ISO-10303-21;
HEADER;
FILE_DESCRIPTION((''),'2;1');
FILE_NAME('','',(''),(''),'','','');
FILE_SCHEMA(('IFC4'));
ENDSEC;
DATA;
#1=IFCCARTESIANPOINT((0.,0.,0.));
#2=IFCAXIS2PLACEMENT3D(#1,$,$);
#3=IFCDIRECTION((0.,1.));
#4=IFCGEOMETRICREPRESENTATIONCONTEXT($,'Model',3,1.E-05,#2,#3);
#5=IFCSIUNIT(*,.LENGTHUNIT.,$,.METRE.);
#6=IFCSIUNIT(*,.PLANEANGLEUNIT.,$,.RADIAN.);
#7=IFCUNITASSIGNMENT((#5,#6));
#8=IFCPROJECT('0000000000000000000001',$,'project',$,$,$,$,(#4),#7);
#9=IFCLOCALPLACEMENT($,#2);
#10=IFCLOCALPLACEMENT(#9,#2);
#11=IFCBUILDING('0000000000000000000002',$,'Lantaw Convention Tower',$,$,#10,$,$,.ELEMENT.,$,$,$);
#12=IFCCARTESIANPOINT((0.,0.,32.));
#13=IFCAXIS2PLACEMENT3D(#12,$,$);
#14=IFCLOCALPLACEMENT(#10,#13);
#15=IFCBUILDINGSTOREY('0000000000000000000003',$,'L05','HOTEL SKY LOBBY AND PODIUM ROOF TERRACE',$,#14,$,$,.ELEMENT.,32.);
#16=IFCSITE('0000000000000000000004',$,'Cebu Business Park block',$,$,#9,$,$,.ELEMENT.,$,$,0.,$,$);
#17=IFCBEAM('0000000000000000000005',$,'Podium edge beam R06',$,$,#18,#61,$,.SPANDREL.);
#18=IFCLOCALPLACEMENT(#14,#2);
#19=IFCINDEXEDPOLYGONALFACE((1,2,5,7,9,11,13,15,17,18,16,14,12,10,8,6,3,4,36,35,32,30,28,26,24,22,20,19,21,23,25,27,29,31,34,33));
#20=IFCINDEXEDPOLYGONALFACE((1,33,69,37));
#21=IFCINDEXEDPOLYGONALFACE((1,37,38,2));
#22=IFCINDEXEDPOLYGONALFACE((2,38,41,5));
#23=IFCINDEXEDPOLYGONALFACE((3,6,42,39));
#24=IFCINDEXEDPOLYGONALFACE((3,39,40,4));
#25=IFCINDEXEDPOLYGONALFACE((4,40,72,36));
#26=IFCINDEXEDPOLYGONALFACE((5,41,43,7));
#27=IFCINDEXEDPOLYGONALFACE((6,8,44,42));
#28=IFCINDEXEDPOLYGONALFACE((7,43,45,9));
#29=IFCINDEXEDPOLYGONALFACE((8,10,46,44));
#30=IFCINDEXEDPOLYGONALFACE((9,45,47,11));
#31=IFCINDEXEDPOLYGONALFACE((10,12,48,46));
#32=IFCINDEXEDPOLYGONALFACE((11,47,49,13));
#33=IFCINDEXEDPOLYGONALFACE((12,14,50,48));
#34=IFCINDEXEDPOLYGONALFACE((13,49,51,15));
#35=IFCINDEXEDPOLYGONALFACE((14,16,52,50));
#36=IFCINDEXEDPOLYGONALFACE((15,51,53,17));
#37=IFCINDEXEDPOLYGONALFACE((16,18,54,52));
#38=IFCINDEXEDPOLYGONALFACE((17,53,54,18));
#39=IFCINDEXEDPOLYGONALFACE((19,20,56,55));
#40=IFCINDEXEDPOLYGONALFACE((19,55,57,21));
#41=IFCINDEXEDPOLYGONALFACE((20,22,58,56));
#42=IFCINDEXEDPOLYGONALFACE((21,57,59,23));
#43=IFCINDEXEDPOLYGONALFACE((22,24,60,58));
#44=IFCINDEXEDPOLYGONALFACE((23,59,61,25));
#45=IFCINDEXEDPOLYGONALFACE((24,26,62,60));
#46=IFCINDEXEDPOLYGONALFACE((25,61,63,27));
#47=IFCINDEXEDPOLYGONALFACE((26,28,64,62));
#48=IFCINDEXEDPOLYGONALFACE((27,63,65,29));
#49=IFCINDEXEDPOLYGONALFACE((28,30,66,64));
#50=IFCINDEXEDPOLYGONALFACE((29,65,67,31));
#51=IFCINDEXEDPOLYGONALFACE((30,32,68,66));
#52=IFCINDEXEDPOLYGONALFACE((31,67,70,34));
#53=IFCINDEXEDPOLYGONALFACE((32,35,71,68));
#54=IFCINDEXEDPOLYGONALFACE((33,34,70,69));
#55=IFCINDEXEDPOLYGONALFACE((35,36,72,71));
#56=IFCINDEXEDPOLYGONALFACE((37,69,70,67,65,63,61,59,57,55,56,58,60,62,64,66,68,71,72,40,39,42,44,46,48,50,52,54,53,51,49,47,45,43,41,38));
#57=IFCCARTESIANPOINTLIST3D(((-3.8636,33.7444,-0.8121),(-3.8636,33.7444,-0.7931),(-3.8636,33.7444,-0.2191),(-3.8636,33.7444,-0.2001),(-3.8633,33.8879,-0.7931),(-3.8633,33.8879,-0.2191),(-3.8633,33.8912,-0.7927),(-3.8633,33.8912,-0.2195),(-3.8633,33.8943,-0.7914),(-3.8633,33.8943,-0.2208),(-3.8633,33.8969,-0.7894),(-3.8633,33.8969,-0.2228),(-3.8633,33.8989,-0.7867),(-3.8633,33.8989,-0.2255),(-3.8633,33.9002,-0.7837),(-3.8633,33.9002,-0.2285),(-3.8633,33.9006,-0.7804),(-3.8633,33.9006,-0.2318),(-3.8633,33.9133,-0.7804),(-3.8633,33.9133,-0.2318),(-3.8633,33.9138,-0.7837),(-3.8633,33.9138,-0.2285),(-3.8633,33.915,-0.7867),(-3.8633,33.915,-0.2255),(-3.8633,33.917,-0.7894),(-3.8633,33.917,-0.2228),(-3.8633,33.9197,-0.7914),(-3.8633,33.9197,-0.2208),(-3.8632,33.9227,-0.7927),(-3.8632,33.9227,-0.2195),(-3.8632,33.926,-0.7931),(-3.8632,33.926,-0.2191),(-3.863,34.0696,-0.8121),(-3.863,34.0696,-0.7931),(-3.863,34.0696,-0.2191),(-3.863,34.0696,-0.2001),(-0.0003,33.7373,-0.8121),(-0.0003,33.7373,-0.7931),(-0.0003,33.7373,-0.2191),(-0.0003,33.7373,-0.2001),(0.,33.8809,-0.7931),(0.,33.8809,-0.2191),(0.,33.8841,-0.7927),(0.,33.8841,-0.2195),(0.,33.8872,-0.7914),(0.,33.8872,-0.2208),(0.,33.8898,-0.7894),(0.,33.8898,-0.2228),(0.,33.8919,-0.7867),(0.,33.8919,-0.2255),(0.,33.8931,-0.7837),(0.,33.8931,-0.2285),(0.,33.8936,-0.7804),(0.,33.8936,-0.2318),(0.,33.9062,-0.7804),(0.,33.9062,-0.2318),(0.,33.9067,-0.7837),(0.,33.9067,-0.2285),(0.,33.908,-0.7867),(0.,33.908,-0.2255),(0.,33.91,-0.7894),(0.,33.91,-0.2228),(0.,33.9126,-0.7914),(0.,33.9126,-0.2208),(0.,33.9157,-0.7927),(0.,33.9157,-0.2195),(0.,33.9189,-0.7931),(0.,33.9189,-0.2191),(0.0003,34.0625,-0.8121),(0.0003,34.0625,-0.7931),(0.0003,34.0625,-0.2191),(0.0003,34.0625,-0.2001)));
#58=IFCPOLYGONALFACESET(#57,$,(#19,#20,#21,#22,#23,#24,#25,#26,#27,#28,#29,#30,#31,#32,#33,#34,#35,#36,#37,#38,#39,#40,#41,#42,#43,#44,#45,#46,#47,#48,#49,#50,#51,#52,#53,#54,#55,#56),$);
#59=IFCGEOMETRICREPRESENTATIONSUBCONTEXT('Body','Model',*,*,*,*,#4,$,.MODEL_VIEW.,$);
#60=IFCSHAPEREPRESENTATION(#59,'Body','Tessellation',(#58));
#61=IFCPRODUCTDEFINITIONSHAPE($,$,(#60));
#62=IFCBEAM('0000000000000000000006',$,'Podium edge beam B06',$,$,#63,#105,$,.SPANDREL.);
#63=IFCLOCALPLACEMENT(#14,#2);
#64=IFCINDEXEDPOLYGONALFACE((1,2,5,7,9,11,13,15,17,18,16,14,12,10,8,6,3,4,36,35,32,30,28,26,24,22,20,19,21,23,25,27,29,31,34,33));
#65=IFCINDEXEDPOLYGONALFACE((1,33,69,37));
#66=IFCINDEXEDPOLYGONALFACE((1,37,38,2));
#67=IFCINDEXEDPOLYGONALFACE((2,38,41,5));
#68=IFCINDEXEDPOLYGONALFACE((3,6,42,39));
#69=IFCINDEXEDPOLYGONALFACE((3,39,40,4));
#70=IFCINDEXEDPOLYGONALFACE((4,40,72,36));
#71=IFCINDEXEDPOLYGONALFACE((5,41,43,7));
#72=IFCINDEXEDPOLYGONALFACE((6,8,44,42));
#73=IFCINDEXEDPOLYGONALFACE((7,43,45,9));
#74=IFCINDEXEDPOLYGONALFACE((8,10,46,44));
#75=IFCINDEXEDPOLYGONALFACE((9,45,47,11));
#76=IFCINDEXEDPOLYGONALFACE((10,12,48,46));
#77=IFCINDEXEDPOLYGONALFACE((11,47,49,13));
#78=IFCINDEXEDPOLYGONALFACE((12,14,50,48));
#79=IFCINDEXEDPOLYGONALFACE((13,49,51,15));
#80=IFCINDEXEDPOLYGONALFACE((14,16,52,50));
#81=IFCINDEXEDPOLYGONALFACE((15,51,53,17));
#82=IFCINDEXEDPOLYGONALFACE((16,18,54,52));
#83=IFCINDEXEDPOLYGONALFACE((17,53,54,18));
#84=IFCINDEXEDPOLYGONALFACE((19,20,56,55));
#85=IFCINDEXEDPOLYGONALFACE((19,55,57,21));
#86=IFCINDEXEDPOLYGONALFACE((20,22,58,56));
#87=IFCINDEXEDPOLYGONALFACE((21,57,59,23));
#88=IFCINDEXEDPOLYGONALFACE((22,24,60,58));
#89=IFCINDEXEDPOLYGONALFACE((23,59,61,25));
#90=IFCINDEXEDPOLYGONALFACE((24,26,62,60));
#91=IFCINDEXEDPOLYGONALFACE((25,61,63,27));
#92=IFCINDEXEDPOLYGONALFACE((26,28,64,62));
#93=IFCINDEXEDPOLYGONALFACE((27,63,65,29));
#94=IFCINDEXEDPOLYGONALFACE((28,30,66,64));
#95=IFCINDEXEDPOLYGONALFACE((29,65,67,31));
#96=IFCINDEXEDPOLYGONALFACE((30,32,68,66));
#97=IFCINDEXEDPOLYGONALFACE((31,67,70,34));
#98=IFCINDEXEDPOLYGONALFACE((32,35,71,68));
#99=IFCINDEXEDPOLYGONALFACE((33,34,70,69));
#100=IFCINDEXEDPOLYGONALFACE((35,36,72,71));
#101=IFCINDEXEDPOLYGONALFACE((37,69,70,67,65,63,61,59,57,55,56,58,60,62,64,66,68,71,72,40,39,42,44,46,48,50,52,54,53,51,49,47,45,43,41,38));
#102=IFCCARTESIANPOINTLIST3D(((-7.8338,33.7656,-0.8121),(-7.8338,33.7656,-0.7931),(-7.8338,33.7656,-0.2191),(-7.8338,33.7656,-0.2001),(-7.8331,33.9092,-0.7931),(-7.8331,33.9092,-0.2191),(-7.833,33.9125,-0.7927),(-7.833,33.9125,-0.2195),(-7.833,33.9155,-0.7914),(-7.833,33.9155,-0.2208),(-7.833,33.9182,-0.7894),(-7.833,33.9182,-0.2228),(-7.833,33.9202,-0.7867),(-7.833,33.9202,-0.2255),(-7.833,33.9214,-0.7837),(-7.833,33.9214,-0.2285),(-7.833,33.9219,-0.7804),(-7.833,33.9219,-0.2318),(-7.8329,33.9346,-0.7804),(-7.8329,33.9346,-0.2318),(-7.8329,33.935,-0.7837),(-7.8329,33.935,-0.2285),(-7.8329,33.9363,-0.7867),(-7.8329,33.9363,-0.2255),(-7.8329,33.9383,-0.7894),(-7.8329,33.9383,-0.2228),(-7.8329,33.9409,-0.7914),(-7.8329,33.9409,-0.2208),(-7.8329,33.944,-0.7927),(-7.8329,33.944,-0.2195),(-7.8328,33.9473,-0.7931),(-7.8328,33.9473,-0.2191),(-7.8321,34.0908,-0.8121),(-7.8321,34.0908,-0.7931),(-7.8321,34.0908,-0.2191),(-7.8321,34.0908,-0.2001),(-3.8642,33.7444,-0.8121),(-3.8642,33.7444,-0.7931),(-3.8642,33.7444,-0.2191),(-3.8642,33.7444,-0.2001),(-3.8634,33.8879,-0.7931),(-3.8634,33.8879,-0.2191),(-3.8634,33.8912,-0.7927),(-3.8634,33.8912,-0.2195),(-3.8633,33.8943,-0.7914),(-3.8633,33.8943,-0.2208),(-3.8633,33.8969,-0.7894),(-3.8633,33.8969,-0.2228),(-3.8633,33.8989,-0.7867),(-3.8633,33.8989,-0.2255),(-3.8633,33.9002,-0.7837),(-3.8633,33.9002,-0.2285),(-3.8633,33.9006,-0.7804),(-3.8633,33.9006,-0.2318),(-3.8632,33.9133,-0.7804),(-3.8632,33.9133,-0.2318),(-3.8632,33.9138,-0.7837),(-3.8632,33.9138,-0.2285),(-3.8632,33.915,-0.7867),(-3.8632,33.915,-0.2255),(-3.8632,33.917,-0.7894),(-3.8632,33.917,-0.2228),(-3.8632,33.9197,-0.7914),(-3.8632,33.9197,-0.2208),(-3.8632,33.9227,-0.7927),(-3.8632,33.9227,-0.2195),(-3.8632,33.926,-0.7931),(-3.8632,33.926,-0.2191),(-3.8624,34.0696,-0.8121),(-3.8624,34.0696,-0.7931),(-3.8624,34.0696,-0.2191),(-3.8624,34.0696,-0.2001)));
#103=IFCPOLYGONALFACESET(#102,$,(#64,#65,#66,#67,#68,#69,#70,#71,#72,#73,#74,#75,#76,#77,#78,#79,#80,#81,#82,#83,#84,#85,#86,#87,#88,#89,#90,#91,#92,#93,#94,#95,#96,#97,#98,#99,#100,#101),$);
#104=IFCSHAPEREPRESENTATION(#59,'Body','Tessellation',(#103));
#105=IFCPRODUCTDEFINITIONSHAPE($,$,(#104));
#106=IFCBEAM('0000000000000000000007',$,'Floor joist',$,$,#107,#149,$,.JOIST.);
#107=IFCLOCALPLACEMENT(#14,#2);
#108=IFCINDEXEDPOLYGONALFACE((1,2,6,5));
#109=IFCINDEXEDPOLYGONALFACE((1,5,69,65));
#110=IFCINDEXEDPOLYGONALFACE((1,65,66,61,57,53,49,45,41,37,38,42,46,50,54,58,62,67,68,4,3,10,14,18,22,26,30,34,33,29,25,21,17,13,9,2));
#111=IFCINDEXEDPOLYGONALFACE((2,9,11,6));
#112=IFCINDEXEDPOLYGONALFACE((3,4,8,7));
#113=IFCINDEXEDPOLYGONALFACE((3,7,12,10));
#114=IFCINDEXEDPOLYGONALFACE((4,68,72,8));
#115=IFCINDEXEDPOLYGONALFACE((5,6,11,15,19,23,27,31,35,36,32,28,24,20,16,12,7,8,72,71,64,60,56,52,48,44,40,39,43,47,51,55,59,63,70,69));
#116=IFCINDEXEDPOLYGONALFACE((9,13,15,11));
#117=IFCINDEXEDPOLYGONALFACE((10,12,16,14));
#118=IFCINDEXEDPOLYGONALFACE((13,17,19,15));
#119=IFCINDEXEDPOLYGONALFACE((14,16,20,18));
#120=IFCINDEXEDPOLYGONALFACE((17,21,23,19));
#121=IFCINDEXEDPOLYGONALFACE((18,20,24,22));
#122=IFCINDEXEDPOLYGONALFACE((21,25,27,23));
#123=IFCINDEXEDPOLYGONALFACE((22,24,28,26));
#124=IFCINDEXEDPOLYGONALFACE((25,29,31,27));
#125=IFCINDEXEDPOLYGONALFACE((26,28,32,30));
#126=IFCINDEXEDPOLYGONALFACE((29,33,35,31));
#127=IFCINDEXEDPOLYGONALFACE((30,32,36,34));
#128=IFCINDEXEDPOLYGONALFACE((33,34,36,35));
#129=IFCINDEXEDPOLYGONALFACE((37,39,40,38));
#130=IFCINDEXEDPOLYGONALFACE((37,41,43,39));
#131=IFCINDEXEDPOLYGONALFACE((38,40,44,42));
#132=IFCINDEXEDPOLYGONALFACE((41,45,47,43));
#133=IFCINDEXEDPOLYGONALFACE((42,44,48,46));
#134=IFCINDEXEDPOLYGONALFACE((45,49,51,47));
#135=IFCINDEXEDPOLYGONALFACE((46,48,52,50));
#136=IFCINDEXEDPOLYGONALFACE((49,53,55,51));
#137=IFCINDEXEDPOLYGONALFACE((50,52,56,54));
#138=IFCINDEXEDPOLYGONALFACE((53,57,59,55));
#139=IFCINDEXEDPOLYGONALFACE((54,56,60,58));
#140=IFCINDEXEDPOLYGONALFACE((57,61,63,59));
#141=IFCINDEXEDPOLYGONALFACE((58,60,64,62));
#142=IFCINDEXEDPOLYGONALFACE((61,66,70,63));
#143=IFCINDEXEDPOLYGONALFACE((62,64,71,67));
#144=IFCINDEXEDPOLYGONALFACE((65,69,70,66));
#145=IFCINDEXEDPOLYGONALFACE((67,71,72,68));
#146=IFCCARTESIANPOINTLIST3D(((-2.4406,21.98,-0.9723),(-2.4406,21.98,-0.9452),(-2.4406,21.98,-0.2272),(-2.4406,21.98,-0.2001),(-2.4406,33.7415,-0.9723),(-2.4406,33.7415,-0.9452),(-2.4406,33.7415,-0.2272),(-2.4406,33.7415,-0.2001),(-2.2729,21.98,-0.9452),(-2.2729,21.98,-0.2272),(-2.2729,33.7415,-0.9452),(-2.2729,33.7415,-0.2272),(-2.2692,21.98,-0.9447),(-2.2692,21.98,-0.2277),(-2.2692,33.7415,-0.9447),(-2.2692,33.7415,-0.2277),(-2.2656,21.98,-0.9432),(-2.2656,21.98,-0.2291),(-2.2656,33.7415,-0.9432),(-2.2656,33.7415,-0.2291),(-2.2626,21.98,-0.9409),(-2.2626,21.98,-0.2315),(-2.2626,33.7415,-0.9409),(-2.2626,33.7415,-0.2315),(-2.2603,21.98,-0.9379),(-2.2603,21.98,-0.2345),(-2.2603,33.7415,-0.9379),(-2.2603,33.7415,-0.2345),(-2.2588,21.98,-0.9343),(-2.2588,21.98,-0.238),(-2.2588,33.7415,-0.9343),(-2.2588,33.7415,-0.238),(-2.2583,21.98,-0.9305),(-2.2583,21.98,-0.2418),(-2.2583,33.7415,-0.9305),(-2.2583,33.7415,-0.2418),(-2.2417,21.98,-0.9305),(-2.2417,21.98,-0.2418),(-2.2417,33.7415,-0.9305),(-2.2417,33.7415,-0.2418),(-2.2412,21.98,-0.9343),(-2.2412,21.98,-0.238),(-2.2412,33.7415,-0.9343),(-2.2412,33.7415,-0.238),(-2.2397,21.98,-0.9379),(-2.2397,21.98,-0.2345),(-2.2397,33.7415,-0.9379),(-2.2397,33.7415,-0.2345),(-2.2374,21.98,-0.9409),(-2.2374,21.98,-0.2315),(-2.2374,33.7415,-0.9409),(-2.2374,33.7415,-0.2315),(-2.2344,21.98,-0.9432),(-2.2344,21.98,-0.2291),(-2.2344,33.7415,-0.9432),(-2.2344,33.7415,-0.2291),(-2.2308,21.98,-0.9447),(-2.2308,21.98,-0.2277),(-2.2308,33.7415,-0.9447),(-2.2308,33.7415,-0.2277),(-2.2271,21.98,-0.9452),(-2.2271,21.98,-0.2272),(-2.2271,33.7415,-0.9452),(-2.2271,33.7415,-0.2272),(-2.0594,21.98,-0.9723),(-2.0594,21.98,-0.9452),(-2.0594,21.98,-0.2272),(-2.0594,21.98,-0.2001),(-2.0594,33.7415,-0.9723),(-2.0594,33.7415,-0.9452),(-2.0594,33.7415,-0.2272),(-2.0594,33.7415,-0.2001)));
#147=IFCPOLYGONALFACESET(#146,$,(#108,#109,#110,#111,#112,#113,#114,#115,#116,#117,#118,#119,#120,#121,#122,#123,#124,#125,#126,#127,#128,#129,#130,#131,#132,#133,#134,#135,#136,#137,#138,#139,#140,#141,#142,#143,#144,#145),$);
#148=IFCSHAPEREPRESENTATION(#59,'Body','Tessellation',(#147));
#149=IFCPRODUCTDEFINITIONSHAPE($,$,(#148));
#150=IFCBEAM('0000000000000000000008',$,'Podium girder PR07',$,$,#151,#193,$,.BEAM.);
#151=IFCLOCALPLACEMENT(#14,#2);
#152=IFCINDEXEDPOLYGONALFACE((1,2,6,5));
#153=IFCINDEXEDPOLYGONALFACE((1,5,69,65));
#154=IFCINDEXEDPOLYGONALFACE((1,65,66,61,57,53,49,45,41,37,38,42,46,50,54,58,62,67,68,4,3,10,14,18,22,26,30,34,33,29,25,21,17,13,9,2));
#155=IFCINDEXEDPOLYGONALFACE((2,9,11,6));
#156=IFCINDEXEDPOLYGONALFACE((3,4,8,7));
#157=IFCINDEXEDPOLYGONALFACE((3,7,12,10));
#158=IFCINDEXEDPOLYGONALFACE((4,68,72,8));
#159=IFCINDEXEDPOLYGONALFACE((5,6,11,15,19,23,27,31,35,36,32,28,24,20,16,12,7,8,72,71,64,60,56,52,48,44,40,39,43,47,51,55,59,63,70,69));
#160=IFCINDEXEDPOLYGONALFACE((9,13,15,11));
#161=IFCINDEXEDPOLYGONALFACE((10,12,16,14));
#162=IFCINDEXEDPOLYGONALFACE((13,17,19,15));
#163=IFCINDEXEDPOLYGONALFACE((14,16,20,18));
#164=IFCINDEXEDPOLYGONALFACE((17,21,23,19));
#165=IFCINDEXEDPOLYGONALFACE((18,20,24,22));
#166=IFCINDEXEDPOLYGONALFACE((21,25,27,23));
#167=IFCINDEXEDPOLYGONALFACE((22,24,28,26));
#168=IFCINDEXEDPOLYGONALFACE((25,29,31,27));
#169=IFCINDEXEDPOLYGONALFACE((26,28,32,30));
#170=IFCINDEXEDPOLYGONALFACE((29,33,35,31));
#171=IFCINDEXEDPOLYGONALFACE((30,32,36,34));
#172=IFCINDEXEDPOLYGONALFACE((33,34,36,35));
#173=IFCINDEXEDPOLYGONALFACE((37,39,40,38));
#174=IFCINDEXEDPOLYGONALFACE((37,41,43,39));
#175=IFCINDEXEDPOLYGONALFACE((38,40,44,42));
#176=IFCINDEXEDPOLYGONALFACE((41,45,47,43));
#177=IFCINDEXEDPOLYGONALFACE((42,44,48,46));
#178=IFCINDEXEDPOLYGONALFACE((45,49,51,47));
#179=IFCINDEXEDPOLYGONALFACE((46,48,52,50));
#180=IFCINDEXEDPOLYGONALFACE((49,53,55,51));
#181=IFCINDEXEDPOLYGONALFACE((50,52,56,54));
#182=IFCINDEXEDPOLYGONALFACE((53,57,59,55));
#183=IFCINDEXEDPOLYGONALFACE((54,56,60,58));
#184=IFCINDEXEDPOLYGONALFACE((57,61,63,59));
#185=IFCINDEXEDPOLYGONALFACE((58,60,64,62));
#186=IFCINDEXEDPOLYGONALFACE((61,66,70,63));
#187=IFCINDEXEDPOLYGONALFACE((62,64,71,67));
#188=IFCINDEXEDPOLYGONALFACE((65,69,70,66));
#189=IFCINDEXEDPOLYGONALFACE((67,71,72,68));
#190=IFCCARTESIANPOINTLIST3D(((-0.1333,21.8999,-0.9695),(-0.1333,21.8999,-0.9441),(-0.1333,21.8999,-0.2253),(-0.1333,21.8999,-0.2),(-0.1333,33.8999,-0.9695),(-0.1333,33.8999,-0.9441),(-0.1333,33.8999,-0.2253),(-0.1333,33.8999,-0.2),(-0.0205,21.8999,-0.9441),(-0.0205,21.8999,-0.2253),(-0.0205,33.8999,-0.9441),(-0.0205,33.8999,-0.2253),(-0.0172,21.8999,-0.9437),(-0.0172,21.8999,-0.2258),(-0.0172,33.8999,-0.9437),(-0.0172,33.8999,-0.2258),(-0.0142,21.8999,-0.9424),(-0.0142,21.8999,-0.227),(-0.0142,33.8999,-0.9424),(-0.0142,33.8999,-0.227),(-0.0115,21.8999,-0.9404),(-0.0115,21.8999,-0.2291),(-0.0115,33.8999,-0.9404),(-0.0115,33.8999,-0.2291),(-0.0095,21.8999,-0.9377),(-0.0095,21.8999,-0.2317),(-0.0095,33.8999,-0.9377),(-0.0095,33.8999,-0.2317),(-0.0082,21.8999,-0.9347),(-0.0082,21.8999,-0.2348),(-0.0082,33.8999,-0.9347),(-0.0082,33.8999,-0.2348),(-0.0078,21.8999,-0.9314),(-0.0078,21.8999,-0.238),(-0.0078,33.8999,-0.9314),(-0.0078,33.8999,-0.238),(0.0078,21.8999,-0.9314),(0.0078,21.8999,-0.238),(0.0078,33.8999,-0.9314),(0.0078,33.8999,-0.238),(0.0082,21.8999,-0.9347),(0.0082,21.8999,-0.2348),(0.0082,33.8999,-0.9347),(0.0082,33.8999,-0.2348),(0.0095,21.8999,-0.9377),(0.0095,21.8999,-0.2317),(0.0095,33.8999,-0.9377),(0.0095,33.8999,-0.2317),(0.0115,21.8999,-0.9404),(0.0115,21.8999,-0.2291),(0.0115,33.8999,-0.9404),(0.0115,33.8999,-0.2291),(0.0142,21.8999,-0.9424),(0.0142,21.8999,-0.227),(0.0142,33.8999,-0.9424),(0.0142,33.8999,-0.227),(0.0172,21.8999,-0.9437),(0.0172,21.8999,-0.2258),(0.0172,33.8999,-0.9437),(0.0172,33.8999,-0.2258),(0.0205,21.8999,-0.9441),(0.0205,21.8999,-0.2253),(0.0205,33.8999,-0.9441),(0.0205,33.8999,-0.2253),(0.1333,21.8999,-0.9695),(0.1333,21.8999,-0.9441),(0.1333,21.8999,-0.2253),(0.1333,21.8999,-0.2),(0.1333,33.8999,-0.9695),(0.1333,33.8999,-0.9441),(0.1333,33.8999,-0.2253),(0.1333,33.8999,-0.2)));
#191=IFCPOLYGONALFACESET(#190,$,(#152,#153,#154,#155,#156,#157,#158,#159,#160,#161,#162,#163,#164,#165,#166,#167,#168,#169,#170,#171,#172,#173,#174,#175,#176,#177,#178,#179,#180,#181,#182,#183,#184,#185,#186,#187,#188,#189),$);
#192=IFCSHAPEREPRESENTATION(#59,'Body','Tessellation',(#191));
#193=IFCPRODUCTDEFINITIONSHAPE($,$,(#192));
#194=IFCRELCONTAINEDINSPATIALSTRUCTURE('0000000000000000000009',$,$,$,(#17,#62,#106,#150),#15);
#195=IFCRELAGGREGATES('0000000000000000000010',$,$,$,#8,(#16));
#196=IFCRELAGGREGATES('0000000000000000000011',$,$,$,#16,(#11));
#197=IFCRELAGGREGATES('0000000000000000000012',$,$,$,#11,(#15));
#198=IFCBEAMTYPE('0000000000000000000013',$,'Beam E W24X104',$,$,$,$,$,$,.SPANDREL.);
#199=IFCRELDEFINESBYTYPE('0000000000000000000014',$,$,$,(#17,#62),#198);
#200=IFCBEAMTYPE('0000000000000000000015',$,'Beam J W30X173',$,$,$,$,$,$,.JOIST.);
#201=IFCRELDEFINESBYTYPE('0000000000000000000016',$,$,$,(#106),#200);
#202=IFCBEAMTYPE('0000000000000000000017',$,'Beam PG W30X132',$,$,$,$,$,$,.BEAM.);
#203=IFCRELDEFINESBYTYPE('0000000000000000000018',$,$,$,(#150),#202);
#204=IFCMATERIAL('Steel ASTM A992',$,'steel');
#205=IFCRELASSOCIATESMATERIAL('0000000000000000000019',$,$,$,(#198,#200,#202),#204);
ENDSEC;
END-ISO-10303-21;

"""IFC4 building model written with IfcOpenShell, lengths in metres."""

from ifc_helpers import new_model, si_unit, direction, frame, origin, origin_2d, place, context, subcontext, project, spatial, i_section, extrude, material, material_profile, profile_set, type_object, element, save


model = new_model("IFC4")

# Units and contexts
model_context = context("Model", 3, precision=1e-05, world=origin(), true_north=direction((0.0, 1.0)))
body_context = subcontext(model_context, "Body", "Model", "MODEL_VIEW")
ifc_project = project(units=[si_unit("LENGTHUNIT", "METRE"), si_unit("PLANEANGLEUNIT", "RADIAN")], contexts=[model_context])

# Site, building, storey
site_placement = place(None, origin())
site = spatial("IfcSite", under=ifc_project, at=site_placement, Name="Cebu Business Park block", CompositionType="ELEMENT", RefElevation=0.0)
building_placement = place(site_placement, origin())
building = spatial("IfcBuilding", under=site, at=building_placement, Name="Lantaw Convention Tower", CompositionType="ELEMENT")
storey_placement = place(building_placement, frame((0.0, 0.0, 32.0)))
storey = spatial("IfcBuildingStorey", under=building, at=storey_placement, Name="L05", Description="HOTEL SKY LOBBY AND PODIUM ROOF TERRACE", CompositionType="ELEMENT", Elevation=32.0)

# Beams
ifc_material_1 = material(Name="Steel ASTM A992", Category="steel")
ifc_material_profile_1 = material_profile(ifc_material_1, i_section(OverallWidth=0.3252, OverallDepth=0.6121, WebThickness=0.0127, FlangeThickness=0.019, FilletRadius=0.0127, at=origin_2d()), Name="W24X104")
ifc_profile_set_1 = profile_set([ifc_material_profile_1], Name="Steel ASTM A992")
beam_type_1 = type_object("IfcBeamType", Name="Beam E W24X104", PredefinedType="SPANDREL", material=ifc_profile_set_1)
beam_1_placement = place(storey_placement, frame((0.0, 33.8999, -0.5061), z_axis=(-0.999998, 0.001833, 0.0), x_axis=(-0.001833, -0.999998, 0.0)))
element("IfcBeam", 1, at=beam_1_placement, inside=storey, type_object=beam_type_1, Name="Podium edge beam R06", PredefinedType="SPANDREL", context=body_context, shape_type="SweptSolid", body=[
    extrude(i_section(OverallWidth=0.3252, OverallDepth=0.6121, WebThickness=0.0127, FlangeThickness=0.019, FilletRadius=0.0127, at=origin_2d()), origin(), (0.0, 0.0, 1.0), 3.8633),
])
beam_2_placement = place(storey_placement, frame((-3.8633, 33.907, -0.5061), z_axis=(-0.999986, 0.00535, 0.0), x_axis=(-0.00535, -0.999986, 0.0)))
element("IfcBeam", 2, at=beam_2_placement, inside=storey, type_object=beam_type_1, Name="Podium edge beam B06", PredefinedType="SPANDREL", context=body_context, shape_type="SweptSolid", body=[
    extrude(i_section(OverallWidth=0.3252, OverallDepth=0.6121, WebThickness=0.0127, FlangeThickness=0.019, FilletRadius=0.0127, at=origin_2d()), origin(), (0.0, 0.0, 1.0), 3.9697),
])
ifc_material_profile_2 = material_profile(ifc_material_1, i_section(OverallWidth=0.3811, OverallDepth=0.7722, WebThickness=0.0166, FlangeThickness=0.0271, FilletRadius=0.0146, at=origin_2d()), Name="W30X173")
ifc_profile_set_2 = profile_set([ifc_material_profile_2], Name="Steel ASTM A992")
beam_type_2 = type_object("IfcBeamType", Name="Beam J W30X173", PredefinedType="JOIST", material=ifc_profile_set_2)
beam_3_placement = place(storey_placement, frame((-2.25, 21.98, -0.5862), z_axis=(0.0, 1.0, 0.0), x_axis=(-1.0, 0.0, 0.0)))
element("IfcBeam", 3, at=beam_3_placement, inside=storey, type_object=beam_type_2, Name="Floor joist", PredefinedType="JOIST", context=body_context, shape_type="SweptSolid", body=[
    extrude(i_section(OverallWidth=0.3811, OverallDepth=0.7722, WebThickness=0.0166, FlangeThickness=0.0271, FilletRadius=0.0146, at=origin_2d()), origin(), (0.0, 0.0, 1.0), 11.7615),
])
ifc_material_profile_3 = material_profile(ifc_material_1, i_section(OverallWidth=0.2666, OverallDepth=0.7695, WebThickness=0.0156, FlangeThickness=0.0254, FilletRadius=0.0127, at=origin_2d()), Name="W30X132")
ifc_profile_set_3 = profile_set([ifc_material_profile_3], Name="Steel ASTM A992")
beam_type_3 = type_object("IfcBeamType", Name="Beam PG W30X132", PredefinedType="BEAM", material=ifc_profile_set_3)
beam_4_placement = place(storey_placement, frame((0.0, 21.8999, -0.5847), z_axis=(0.0, 1.0, 0.0), x_axis=(-1.0, 0.0, 0.0)))
element("IfcBeam", 4, at=beam_4_placement, inside=storey, type_object=beam_type_3, Name="Podium girder PR07", PredefinedType="BEAM", context=body_context, shape_type="SweptSolid", body=[
    extrude(i_section(OverallWidth=0.2666, OverallDepth=0.7695, WebThickness=0.0156, FlangeThickness=0.0254, FilletRadius=0.0127, at=origin_2d()), origin(), (0.0, 0.0, 1.0), 12.0),
])

save(model, "model.ifc")
